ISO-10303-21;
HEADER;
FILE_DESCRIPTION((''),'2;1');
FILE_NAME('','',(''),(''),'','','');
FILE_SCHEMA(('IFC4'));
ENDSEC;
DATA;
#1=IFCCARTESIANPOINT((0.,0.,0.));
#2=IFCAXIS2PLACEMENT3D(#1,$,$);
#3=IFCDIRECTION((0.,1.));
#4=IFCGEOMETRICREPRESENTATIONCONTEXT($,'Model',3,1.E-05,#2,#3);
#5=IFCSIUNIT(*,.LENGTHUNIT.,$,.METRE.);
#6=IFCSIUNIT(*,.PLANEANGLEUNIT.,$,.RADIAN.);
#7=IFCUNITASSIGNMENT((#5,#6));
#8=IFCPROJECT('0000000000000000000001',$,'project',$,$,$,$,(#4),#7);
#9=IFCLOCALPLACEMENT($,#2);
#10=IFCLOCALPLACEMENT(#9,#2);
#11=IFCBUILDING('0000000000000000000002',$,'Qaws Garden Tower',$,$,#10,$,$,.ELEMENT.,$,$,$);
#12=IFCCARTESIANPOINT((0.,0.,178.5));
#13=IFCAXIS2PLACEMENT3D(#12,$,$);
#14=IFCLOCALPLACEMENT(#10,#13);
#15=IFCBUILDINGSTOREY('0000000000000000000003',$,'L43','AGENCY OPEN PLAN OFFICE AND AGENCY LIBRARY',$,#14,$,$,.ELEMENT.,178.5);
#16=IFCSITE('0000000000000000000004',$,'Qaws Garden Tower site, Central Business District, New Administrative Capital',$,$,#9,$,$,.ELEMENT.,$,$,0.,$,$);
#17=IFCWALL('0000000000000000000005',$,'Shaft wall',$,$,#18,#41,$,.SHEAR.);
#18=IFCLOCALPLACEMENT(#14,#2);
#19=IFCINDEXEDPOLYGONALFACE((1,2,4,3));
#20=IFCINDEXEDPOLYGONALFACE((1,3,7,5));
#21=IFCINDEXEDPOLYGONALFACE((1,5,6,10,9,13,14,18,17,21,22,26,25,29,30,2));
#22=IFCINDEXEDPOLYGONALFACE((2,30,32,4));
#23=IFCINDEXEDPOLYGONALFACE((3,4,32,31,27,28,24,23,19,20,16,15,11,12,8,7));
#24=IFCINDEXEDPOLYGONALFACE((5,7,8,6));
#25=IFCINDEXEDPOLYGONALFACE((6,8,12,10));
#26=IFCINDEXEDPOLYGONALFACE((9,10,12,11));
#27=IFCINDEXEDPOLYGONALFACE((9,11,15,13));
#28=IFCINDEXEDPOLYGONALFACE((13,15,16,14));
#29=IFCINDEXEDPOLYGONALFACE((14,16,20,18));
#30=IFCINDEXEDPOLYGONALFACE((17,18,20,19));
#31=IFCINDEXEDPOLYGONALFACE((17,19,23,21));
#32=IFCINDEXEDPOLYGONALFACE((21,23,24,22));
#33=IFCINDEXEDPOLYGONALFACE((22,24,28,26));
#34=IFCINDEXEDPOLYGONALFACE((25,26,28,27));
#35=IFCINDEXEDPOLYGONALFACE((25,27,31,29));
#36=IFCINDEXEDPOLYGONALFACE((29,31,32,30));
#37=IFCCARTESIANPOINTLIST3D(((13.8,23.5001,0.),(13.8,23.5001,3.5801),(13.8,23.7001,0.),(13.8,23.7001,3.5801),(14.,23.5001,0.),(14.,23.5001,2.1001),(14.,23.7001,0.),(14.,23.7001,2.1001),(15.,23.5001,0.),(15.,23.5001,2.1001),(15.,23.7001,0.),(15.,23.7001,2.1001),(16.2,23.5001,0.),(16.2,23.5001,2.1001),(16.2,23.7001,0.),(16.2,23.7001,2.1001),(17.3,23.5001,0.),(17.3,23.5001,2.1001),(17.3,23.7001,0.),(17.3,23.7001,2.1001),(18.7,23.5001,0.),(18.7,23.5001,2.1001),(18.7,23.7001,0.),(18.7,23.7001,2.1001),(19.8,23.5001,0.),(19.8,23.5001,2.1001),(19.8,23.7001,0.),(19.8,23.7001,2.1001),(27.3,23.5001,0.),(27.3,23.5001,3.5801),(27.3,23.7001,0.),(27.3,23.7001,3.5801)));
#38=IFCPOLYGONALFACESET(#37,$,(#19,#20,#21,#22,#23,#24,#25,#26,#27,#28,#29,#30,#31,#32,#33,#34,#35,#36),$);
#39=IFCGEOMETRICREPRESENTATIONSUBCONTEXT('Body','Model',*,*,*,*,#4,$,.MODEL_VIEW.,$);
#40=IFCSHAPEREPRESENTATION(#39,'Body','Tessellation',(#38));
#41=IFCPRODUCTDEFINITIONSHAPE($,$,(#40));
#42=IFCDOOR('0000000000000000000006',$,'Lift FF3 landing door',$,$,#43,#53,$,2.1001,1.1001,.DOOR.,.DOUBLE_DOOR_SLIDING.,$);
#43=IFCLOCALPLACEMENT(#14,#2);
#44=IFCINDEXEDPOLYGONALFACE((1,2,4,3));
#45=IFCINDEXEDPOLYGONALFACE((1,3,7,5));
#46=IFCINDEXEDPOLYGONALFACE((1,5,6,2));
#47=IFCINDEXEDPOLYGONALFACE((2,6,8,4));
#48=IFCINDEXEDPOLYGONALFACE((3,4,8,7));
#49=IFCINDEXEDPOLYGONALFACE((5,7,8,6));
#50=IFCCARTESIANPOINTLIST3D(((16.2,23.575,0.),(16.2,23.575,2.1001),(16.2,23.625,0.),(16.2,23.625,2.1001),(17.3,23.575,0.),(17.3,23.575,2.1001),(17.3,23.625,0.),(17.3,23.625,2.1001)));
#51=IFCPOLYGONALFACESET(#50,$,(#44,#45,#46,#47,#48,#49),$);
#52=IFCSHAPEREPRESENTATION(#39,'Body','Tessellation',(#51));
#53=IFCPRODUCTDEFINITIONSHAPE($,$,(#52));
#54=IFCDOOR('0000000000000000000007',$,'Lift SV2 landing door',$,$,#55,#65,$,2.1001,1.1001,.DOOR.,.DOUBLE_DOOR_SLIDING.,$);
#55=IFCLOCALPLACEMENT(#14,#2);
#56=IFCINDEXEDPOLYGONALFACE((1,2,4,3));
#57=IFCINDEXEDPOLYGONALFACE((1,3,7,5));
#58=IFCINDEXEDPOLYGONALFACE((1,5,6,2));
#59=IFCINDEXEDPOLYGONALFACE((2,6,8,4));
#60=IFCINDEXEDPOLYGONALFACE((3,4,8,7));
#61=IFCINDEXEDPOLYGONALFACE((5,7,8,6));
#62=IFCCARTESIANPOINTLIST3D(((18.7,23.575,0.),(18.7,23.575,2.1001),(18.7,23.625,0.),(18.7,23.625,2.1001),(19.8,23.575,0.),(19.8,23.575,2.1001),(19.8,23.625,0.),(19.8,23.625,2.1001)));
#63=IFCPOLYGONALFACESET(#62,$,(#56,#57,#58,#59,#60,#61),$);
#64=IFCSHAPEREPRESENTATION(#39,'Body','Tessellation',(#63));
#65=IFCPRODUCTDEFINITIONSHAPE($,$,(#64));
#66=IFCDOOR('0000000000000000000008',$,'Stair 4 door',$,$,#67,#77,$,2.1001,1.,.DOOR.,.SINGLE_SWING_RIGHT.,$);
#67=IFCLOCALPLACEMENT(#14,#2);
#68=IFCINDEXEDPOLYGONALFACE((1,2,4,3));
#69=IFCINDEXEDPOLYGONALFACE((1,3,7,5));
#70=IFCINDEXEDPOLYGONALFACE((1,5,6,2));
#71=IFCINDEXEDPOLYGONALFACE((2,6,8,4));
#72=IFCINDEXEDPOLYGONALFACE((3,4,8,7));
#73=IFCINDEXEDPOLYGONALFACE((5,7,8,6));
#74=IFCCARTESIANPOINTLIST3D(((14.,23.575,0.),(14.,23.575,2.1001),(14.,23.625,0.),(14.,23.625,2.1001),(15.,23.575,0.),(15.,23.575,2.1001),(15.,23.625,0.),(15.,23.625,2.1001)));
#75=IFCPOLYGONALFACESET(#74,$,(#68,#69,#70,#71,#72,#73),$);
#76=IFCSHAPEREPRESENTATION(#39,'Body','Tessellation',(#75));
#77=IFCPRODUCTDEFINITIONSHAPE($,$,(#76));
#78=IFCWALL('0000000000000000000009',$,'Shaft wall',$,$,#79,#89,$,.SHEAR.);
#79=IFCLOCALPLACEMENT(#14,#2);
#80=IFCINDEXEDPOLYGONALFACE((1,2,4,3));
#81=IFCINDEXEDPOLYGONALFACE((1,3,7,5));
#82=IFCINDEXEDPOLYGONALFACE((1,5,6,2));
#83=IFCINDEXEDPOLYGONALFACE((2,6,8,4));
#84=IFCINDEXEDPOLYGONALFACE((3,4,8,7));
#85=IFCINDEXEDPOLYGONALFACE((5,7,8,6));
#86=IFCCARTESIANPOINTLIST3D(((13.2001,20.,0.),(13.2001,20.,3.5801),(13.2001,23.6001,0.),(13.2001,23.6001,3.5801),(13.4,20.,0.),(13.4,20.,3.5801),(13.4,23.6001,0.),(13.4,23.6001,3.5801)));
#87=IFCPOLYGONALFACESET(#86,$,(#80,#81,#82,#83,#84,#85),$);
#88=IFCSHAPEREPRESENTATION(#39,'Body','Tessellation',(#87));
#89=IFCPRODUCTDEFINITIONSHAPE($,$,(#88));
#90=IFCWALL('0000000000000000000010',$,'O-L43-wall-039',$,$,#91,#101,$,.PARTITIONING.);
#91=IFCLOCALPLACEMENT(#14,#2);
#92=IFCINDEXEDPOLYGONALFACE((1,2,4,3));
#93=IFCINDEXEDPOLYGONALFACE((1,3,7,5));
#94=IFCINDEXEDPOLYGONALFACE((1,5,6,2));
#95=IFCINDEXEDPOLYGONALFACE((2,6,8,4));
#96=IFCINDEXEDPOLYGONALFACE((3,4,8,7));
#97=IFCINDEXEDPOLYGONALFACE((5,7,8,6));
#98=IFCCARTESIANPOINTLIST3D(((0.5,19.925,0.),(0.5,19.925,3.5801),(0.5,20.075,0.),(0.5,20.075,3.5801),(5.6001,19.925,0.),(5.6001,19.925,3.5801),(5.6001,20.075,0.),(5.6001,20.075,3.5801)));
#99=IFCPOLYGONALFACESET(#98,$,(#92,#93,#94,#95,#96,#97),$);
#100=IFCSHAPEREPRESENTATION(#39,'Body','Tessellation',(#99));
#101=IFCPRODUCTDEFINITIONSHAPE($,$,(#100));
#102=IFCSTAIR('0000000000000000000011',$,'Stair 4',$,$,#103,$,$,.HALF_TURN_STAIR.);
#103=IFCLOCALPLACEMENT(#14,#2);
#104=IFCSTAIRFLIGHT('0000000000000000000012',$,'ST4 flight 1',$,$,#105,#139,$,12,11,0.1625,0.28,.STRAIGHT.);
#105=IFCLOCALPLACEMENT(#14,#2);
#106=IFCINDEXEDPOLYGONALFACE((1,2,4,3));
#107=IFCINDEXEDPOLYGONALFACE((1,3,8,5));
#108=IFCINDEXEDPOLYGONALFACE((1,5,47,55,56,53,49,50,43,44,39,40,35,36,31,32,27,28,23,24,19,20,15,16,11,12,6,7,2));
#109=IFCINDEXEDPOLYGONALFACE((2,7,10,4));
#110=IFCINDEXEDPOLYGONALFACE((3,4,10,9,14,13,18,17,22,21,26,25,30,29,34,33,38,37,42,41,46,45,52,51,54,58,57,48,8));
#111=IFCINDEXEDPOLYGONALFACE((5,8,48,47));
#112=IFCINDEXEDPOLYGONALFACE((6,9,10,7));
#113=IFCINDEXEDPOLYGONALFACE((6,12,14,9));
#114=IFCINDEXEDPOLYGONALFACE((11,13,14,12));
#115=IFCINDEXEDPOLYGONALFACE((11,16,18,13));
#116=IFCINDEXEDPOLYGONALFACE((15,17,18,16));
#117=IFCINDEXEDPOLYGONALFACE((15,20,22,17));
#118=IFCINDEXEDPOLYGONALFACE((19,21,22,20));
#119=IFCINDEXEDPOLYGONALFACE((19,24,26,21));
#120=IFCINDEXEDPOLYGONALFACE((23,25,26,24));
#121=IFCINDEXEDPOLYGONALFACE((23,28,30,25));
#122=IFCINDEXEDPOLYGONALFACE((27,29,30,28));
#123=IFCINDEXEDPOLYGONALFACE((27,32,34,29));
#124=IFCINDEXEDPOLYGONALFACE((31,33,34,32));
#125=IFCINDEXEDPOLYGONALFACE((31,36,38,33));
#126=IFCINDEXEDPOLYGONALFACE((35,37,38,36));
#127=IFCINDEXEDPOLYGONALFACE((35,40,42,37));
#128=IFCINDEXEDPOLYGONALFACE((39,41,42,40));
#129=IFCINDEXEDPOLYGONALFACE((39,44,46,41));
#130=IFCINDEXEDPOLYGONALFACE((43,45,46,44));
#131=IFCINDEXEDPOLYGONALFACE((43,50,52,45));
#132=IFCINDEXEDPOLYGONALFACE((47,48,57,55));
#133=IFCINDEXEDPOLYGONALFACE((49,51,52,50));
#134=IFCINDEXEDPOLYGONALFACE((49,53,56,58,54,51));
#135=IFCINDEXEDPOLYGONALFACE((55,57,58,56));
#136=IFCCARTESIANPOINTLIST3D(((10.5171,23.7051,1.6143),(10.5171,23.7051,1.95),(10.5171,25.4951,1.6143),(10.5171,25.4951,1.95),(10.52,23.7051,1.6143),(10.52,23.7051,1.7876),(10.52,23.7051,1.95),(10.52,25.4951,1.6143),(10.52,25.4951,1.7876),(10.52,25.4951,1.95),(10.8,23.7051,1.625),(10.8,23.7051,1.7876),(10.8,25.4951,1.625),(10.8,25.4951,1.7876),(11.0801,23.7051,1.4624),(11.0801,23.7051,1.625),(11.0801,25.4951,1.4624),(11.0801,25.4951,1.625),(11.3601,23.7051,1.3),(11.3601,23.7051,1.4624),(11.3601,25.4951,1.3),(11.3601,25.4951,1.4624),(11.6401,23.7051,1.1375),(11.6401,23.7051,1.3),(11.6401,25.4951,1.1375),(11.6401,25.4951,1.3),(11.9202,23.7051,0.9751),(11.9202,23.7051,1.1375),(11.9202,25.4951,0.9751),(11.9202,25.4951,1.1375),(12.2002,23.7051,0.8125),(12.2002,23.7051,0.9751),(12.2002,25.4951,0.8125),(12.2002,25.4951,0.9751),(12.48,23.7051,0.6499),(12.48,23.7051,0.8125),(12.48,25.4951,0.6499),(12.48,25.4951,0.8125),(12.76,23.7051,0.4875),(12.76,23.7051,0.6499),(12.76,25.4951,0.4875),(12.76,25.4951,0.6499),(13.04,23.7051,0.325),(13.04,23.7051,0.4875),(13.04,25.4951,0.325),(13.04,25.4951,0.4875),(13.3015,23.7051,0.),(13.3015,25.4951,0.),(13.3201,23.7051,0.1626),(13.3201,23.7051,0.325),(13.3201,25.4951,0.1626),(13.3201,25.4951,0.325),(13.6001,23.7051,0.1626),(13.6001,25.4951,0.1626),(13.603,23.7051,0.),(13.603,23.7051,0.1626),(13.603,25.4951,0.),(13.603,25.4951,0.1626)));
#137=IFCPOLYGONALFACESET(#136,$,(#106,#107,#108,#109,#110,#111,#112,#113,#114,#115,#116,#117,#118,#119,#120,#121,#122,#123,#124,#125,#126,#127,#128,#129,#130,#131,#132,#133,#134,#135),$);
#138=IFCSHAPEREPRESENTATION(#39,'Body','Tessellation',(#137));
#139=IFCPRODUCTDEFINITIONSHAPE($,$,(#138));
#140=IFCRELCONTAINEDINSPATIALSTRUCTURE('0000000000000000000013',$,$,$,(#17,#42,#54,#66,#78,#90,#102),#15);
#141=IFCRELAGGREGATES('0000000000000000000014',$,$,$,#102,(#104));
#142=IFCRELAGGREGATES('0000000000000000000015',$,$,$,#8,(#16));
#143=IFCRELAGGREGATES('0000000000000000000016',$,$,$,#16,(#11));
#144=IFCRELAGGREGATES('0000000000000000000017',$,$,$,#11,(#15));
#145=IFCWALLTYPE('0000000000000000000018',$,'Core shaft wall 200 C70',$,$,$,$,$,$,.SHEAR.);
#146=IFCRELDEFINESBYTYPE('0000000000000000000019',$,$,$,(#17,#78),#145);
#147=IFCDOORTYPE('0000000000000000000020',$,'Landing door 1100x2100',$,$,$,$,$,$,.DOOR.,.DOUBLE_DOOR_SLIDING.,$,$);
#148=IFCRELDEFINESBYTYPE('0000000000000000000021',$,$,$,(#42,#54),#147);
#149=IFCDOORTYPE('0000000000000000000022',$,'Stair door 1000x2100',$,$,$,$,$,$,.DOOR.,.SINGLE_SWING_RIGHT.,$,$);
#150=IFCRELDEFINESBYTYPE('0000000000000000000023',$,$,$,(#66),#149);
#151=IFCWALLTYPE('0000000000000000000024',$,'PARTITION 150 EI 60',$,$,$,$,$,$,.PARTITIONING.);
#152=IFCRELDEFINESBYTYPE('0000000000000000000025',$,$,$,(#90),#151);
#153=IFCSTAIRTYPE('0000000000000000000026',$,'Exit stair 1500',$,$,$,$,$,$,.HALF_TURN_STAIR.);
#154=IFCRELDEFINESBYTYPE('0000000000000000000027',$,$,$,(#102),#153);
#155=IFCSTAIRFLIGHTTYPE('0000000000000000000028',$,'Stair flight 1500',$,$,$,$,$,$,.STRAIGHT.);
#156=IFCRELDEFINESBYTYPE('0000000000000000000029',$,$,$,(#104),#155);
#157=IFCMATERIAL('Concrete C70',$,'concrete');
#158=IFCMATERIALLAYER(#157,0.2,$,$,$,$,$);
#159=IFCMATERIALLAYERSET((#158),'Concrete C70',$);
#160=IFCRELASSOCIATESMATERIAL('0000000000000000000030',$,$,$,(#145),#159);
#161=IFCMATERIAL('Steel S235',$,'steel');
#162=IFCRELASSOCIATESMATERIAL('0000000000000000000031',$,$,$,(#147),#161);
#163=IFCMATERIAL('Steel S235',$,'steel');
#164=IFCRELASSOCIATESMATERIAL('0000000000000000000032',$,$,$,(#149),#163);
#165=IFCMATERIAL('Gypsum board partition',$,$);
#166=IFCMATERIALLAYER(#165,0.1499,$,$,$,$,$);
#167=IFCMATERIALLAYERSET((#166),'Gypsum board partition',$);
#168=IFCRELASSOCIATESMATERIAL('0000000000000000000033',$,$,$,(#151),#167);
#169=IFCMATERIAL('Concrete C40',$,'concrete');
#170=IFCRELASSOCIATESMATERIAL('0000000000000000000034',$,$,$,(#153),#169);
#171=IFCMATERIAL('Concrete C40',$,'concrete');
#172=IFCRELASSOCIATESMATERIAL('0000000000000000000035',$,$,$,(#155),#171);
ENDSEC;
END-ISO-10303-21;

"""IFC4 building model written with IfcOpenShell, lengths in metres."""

from ifc_helpers import new_model, si_unit, direction, frame, frame_2d, origin, place, context, subcontext, project, spatial, polyline, rectangle, outline, extrude, material, layer, layer_set, type_object, element, fill, aggregate, save


model = new_model("IFC4")

# Units and contexts
model_context = context("Model", 3, precision=1e-05, world=origin(), true_north=direction((0.0, 1.0)))
body_context = subcontext(model_context, "Body", "Model", "MODEL_VIEW")
ifc_project = project(units=[si_unit("LENGTHUNIT", "METRE"), si_unit("PLANEANGLEUNIT", "RADIAN")], contexts=[model_context])

# Site, building, storey
site_placement = place(None, origin())
site = spatial("IfcSite", under=ifc_project, at=site_placement, Name="Qaws Garden Tower site, Central Business District, New Administrative Capital", CompositionType="ELEMENT", RefElevation=0.0)
building_placement = place(site_placement, origin())
building = spatial("IfcBuilding", under=site, at=building_placement, Name="Qaws Garden Tower", CompositionType="ELEMENT")
storey_placement = place(building_placement, frame((0.0, 0.0, 178.5)))
storey = spatial("IfcBuildingStorey", under=building, at=storey_placement, Name="L43", Description="AGENCY OPEN PLAN OFFICE AND AGENCY LIBRARY", CompositionType="ELEMENT", Elevation=178.5)

# Shared definitions
ifc_material_1 = material(Name="Concrete C70", Category="concrete")
ifc_layer_1 = layer(ifc_material_1, 0.2)
ifc_layer_set_1 = layer_set([ifc_layer_1], Name="Concrete C70")
wall_type_1 = type_object("IfcWallType", Name="Core shaft wall 200 C70", PredefinedType="SHEAR", material=ifc_layer_set_1)

# Wall, openings, doors
wall_1_placement = place(storey_placement, frame((13.8, 23.6001, 0.0), z_axis=(0.0, 0.0, 1.0), x_axis=(1.0, 0.0, 0.0)))
wall_1 = element("IfcWall", 1, at=wall_1_placement, inside=storey, type_object=wall_type_1, Name="Shaft wall", PredefinedType="SHEAR", context=body_context, shape_type="SweptSolid", body=[
    extrude(rectangle(XDim=13.5, YDim=0.2, at=frame_2d((6.75, 0.0))), origin(), (0.0, 0.0, 1.0), 3.5801),
])
opening_1_placement = place(wall_1_placement, frame((2.3999, 0.0, 0.0)))
opening_1 = element("IfcOpeningElement", 2, at=opening_1_placement, cuts=wall_1, PredefinedType="OPENING", context=body_context, shape_type="SweptSolid", body=[
    extrude(rectangle(XDim=1.1001, YDim=2.1001, at=frame_2d((0.55, 1.05))), frame((0.0, 0.1099, 0.0), z_axis=(0.0, -1.0, 0.0), x_axis=(1.0, 0.0, 0.0)), (0.0, 0.0, 1.0), 0.22),
])
opening_2_placement = place(wall_1_placement, frame((4.8999, 0.0, 0.0)))
opening_2 = element("IfcOpeningElement", 3, at=opening_2_placement, cuts=wall_1, PredefinedType="OPENING", context=body_context, shape_type="SweptSolid", body=[
    extrude(rectangle(XDim=1.1001, YDim=2.1001, at=frame_2d((0.55, 1.05))), frame((0.0, 0.1099, 0.0), z_axis=(0.0, -1.0, 0.0), x_axis=(1.0, 0.0, 0.0)), (0.0, 0.0, 1.0), 0.22),
])
opening_3_placement = place(wall_1_placement, frame((0.2, 0.0, 0.0)))
opening_3 = element("IfcOpeningElement", 4, at=opening_3_placement, cuts=wall_1, PredefinedType="OPENING", context=body_context, shape_type="SweptSolid", body=[
    extrude(rectangle(XDim=1.0, YDim=2.1001, at=frame_2d((0.5, 1.05))), frame((0.0, 0.1099, 0.0), z_axis=(0.0, -1.0, 0.0), x_axis=(1.0, 0.0, 0.0)), (0.0, 0.0, 1.0), 0.22),
])
ifc_material_2 = material(Name="Steel S235", Category="steel")
door_type_1 = type_object("IfcDoorType", Name="Landing door 1100x2100", OperationType="DOUBLE_DOOR_SLIDING", PredefinedType="DOOR", material=ifc_material_2)
door_1_placement = place(opening_1_placement, origin())
door_1 = element("IfcDoor", 5, at=door_1_placement, inside=storey, type_object=door_type_1, Name="Lift FF3 landing door", OperationType="DOUBLE_DOOR_SLIDING", OverallHeight=2.1001, OverallWidth=1.1001, PredefinedType="DOOR", context=body_context, shape_type="SweptSolid", body=[
    extrude(rectangle(XDim=1.1001, YDim=2.1001, at=frame_2d((0.55, 1.05))), frame((0.0, 0.0249, 0.0), z_axis=(0.0, -1.0, 0.0), x_axis=(1.0, 0.0, 0.0)), (0.0, 0.0, 1.0), 0.05),
])
fill(opening_1, door_1)
door_2_placement = place(opening_2_placement, origin())
door_2 = element("IfcDoor", 6, at=door_2_placement, inside=storey, type_object=door_type_1, Name="Lift SV2 landing door", OperationType="DOUBLE_DOOR_SLIDING", OverallHeight=2.1001, OverallWidth=1.1001, PredefinedType="DOOR", context=body_context, shape_type="SweptSolid", body=[
    extrude(rectangle(XDim=1.1001, YDim=2.1001, at=frame_2d((0.55, 1.05))), frame((0.0, 0.0249, 0.0), z_axis=(0.0, -1.0, 0.0), x_axis=(1.0, 0.0, 0.0)), (0.0, 0.0, 1.0), 0.05),
])
fill(opening_2, door_2)
ifc_material_3 = material(Name="Steel S235", Category="steel")
door_type_2 = type_object("IfcDoorType", Name="Stair door 1000x2100", OperationType="SINGLE_SWING_RIGHT", PredefinedType="DOOR", material=ifc_material_3)
door_3_placement = place(opening_3_placement, origin())
door_3 = element("IfcDoor", 7, at=door_3_placement, inside=storey, type_object=door_type_2, Name="Stair 4 door", OperationType="SINGLE_SWING_RIGHT", OverallHeight=2.1001, OverallWidth=1.0, PredefinedType="DOOR", context=body_context, shape_type="SweptSolid", body=[
    extrude(rectangle(XDim=1.0, YDim=2.1001, at=frame_2d((0.5, 1.05))), frame((0.0, 0.0249, 0.0), z_axis=(0.0, -1.0, 0.0), x_axis=(1.0, 0.0, 0.0)), (0.0, 0.0, 1.0), 0.05),
])
fill(opening_3, door_3)

# Walls
wall_2_placement = place(storey_placement, frame((13.3, 20.0, 0.0), z_axis=(0.0, 0.0, 1.0), x_axis=(0.0, 1.0, 0.0)))
element("IfcWall", 8, at=wall_2_placement, inside=storey, type_object=wall_type_1, Name="Shaft wall", PredefinedType="SHEAR", context=body_context, shape_type="SweptSolid", body=[
    extrude(rectangle(XDim=3.6001, YDim=0.2, at=frame_2d((1.8, 0.0))), origin(), (0.0, 0.0, 1.0), 3.5801),
])
ifc_material_4 = material(Name="Gypsum board partition")
ifc_layer_2 = layer(ifc_material_4, 0.1499)
ifc_layer_set_2 = layer_set([ifc_layer_2], Name="Gypsum board partition")
wall_type_2 = type_object("IfcWallType", Name="PARTITION 150 EI 60", PredefinedType="PARTITIONING", material=ifc_layer_set_2)
wall_3_placement = place(storey_placement, frame((0.5, 20.0, 0.0), z_axis=(0.0, 0.0, 1.0), x_axis=(1.0, 0.0, 0.0)))
element("IfcWall", 9, at=wall_3_placement, inside=storey, type_object=wall_type_2, Name="O-L43-wall-039", PredefinedType="PARTITIONING", context=body_context, shape_type="SweptSolid", body=[
    extrude(rectangle(XDim=5.1001, YDim=0.1499, at=frame_2d((2.55, 0.0))), origin(), (0.0, 0.0, 1.0), 3.5801),
])

# Stair, stair flight
ifc_material_5 = material(Name="Concrete C40", Category="concrete")
stair_type = type_object("IfcStairType", Name="Exit stair 1500", PredefinedType="HALF_TURN_STAIR", material=ifc_material_5)
stair_placement = place(storey_placement, origin())
stair = element("IfcStair", 10, at=stair_placement, inside=storey, type_object=stair_type, Name="Stair 4", PredefinedType="HALF_TURN_STAIR")
ifc_material_6 = material(Name="Concrete C40", Category="concrete")
stair_flight_type = type_object("IfcStairFlightType", Name="Stair flight 1500", PredefinedType="STRAIGHT", material=ifc_material_6)
stair_flight_placement = place(storey_placement, frame((13.6001, 24.6001, 0.0), z_axis=(0.0, 0.0, 1.0), x_axis=(-1.0, 0.0, 0.0)))
stair_flight = element("IfcStairFlight", 11, at=stair_flight_placement, type_object=stair_flight_type, Name="ST4 flight 1", NumberOfRisers=12, NumberOfTreads=11, PredefinedType="STRAIGHT", RiserHeight=0.1625, TreadLength=0.28, context=body_context, shape_type="SweptSolid", body=[
    extrude(outline(polyline([(-0.0029, 0.0), (-0.0029, 0.1626), (0.0, 0.1626), (0.28, 0.1626), (0.28, 0.325), (0.5601, 0.325), (0.5601, 0.4875), (0.8401, 0.4875), (0.8401, 0.6499), (1.1201, 0.6499), (1.1201, 0.8125), (1.3999, 0.8125), (1.3999, 0.9751), (1.6799, 0.9751), (1.6799, 1.1375), (1.96, 1.1375), (1.96, 1.3), (2.24, 1.3), (2.24, 1.4624), (2.52, 1.4624), (2.52, 1.625), (2.8, 1.625), (2.8, 1.7876), (3.0801, 1.7876), (3.0801, 1.95), (3.083, 1.95), (3.083, 1.6143), (3.0801, 1.6143), (0.2986, 0.0), (-0.0029, 0.0)])), frame((0.0, 0.895, 0.0), z_axis=(0.0, -1.0, 0.0), x_axis=(1.0, 0.0, 0.0)), (0.0, 0.0, 1.0), 1.79),
])
aggregate(stair, [stair_flight])

save(model, "model.ifc")
